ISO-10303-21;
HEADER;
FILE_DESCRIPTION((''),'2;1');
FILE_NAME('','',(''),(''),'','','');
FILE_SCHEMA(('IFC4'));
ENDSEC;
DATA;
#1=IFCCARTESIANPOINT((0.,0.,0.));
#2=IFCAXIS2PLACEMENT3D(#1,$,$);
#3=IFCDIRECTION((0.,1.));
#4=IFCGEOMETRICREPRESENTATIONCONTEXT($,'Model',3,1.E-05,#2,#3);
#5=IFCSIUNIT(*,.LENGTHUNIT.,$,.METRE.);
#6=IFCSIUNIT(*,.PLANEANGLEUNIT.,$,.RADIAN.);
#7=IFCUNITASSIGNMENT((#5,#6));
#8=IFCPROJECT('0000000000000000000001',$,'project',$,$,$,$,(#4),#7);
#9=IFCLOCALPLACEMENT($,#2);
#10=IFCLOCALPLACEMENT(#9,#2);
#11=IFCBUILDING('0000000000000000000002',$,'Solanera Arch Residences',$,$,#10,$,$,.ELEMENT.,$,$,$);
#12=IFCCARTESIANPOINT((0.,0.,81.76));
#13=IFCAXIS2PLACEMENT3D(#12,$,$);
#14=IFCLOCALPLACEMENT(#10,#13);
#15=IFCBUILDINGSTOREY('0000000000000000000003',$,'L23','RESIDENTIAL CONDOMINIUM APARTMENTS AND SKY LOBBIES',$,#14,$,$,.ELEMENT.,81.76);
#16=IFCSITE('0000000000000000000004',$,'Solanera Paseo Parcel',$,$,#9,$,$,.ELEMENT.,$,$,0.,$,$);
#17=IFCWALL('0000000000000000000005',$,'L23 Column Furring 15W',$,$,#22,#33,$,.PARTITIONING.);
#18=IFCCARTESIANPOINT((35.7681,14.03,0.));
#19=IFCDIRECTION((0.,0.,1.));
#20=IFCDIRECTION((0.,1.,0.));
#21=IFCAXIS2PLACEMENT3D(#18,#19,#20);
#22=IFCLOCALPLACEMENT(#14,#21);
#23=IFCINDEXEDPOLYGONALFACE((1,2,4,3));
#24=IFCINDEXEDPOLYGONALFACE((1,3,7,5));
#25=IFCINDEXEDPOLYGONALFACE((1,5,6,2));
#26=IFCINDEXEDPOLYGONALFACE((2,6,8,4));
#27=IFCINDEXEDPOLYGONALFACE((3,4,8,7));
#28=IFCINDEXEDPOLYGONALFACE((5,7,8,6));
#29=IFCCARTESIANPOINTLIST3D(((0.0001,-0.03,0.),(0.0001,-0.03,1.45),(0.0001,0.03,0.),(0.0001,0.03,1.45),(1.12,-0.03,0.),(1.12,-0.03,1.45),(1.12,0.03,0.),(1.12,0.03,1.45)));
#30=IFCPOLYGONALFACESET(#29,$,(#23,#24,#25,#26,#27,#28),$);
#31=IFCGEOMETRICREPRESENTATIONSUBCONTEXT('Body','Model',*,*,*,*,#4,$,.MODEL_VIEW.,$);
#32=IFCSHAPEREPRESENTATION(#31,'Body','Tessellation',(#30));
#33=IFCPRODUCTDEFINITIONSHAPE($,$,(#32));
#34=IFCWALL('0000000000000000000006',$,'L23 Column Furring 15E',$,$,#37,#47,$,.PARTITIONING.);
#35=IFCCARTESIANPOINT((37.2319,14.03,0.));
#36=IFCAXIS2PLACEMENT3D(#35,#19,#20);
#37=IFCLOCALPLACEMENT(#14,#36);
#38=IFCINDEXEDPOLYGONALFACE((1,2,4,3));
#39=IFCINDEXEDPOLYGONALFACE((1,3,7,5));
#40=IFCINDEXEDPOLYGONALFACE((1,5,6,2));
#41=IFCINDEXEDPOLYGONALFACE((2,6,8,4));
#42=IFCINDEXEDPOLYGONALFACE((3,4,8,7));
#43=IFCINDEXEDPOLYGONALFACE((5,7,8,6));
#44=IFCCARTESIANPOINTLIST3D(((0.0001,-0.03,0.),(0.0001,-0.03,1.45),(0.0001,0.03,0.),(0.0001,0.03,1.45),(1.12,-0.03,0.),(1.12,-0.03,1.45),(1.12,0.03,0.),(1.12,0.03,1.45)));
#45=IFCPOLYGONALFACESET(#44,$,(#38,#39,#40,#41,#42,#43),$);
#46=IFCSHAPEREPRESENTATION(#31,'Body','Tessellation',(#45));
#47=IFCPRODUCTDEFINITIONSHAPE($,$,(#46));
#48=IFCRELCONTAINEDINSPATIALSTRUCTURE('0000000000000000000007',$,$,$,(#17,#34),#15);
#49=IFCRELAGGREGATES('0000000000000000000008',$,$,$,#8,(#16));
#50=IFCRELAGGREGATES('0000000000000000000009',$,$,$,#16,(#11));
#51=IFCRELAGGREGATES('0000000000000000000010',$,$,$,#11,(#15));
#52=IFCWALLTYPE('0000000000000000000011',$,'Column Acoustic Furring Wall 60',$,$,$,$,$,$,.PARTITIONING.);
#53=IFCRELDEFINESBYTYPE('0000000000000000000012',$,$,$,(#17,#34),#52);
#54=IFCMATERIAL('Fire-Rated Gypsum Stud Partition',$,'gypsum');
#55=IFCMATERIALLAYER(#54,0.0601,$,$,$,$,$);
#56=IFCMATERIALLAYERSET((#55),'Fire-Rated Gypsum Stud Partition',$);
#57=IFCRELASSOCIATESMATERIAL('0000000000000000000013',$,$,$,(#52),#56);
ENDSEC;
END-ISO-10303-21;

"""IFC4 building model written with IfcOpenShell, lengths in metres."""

from ifc_helpers import new_model, si_unit, direction, frame, frame_2d, origin, place, context, subcontext, project, spatial, rectangle, extrude, material, layer, layer_set, type_object, element, save


model = new_model("IFC4")

# Units and contexts
model_context = context("Model", 3, precision=1e-05, world=origin(), true_north=direction((0.0, 1.0)))
body_context = subcontext(model_context, "Body", "Model", "MODEL_VIEW")
ifc_project = project(units=[si_unit("LENGTHUNIT", "METRE"), si_unit("PLANEANGLEUNIT", "RADIAN")], contexts=[model_context])

# Site, building, storey
site_placement = place(None, origin())
site = spatial("IfcSite", under=ifc_project, at=site_placement, Name="Solanera Paseo Parcel", CompositionType="ELEMENT", RefElevation=0.0)
building_placement = place(site_placement, origin())
building = spatial("IfcBuilding", under=site, at=building_placement, Name="Solanera Arch Residences", CompositionType="ELEMENT")
storey_placement = place(building_placement, frame((0.0, 0.0, 81.76)))
storey = spatial("IfcBuildingStorey", under=building, at=storey_placement, Name="L23", Description="RESIDENTIAL CONDOMINIUM APARTMENTS AND SKY LOBBIES", CompositionType="ELEMENT", Elevation=81.76)

# Walls
ifc_material_1 = material(Name="Fire-Rated Gypsum Stud Partition", Category="gypsum")
ifc_layer_1 = layer(ifc_material_1, 0.0601)
ifc_layer_set_1 = layer_set([ifc_layer_1], Name="Fire-Rated Gypsum Stud Partition")
wall_type_1 = type_object("IfcWallType", Name="Column Acoustic Furring Wall 60", PredefinedType="PARTITIONING", material=ifc_layer_set_1)
for number, where, z_axis, x_axis, name in (
    (1, (35.7681, 14.03, 0.0), (0.0, 0.0, 1.0), (0.0, 1.0, 0.0), "L23 Column Furring 15W"),
    (2, (37.2319, 14.03, 0.0), (0.0, 0.0, 1.0), (0.0, 1.0, 0.0), "L23 Column Furring 15E"),
):
    element("IfcWall", number, at=place(storey_placement, frame(where, z_axis=z_axis, x_axis=x_axis)), inside=storey, type_object=wall_type_1, Name=name, PredefinedType="PARTITIONING", context=body_context, shape_type="SweptSolid", body=[
        extrude(rectangle(XDim=1.1199, YDim=0.0601, at=frame_2d((0.5601, 0.0))), origin(), (0.0, 0.0, 1.0), 1.45),
    ])

save(model, "model.ifc")
